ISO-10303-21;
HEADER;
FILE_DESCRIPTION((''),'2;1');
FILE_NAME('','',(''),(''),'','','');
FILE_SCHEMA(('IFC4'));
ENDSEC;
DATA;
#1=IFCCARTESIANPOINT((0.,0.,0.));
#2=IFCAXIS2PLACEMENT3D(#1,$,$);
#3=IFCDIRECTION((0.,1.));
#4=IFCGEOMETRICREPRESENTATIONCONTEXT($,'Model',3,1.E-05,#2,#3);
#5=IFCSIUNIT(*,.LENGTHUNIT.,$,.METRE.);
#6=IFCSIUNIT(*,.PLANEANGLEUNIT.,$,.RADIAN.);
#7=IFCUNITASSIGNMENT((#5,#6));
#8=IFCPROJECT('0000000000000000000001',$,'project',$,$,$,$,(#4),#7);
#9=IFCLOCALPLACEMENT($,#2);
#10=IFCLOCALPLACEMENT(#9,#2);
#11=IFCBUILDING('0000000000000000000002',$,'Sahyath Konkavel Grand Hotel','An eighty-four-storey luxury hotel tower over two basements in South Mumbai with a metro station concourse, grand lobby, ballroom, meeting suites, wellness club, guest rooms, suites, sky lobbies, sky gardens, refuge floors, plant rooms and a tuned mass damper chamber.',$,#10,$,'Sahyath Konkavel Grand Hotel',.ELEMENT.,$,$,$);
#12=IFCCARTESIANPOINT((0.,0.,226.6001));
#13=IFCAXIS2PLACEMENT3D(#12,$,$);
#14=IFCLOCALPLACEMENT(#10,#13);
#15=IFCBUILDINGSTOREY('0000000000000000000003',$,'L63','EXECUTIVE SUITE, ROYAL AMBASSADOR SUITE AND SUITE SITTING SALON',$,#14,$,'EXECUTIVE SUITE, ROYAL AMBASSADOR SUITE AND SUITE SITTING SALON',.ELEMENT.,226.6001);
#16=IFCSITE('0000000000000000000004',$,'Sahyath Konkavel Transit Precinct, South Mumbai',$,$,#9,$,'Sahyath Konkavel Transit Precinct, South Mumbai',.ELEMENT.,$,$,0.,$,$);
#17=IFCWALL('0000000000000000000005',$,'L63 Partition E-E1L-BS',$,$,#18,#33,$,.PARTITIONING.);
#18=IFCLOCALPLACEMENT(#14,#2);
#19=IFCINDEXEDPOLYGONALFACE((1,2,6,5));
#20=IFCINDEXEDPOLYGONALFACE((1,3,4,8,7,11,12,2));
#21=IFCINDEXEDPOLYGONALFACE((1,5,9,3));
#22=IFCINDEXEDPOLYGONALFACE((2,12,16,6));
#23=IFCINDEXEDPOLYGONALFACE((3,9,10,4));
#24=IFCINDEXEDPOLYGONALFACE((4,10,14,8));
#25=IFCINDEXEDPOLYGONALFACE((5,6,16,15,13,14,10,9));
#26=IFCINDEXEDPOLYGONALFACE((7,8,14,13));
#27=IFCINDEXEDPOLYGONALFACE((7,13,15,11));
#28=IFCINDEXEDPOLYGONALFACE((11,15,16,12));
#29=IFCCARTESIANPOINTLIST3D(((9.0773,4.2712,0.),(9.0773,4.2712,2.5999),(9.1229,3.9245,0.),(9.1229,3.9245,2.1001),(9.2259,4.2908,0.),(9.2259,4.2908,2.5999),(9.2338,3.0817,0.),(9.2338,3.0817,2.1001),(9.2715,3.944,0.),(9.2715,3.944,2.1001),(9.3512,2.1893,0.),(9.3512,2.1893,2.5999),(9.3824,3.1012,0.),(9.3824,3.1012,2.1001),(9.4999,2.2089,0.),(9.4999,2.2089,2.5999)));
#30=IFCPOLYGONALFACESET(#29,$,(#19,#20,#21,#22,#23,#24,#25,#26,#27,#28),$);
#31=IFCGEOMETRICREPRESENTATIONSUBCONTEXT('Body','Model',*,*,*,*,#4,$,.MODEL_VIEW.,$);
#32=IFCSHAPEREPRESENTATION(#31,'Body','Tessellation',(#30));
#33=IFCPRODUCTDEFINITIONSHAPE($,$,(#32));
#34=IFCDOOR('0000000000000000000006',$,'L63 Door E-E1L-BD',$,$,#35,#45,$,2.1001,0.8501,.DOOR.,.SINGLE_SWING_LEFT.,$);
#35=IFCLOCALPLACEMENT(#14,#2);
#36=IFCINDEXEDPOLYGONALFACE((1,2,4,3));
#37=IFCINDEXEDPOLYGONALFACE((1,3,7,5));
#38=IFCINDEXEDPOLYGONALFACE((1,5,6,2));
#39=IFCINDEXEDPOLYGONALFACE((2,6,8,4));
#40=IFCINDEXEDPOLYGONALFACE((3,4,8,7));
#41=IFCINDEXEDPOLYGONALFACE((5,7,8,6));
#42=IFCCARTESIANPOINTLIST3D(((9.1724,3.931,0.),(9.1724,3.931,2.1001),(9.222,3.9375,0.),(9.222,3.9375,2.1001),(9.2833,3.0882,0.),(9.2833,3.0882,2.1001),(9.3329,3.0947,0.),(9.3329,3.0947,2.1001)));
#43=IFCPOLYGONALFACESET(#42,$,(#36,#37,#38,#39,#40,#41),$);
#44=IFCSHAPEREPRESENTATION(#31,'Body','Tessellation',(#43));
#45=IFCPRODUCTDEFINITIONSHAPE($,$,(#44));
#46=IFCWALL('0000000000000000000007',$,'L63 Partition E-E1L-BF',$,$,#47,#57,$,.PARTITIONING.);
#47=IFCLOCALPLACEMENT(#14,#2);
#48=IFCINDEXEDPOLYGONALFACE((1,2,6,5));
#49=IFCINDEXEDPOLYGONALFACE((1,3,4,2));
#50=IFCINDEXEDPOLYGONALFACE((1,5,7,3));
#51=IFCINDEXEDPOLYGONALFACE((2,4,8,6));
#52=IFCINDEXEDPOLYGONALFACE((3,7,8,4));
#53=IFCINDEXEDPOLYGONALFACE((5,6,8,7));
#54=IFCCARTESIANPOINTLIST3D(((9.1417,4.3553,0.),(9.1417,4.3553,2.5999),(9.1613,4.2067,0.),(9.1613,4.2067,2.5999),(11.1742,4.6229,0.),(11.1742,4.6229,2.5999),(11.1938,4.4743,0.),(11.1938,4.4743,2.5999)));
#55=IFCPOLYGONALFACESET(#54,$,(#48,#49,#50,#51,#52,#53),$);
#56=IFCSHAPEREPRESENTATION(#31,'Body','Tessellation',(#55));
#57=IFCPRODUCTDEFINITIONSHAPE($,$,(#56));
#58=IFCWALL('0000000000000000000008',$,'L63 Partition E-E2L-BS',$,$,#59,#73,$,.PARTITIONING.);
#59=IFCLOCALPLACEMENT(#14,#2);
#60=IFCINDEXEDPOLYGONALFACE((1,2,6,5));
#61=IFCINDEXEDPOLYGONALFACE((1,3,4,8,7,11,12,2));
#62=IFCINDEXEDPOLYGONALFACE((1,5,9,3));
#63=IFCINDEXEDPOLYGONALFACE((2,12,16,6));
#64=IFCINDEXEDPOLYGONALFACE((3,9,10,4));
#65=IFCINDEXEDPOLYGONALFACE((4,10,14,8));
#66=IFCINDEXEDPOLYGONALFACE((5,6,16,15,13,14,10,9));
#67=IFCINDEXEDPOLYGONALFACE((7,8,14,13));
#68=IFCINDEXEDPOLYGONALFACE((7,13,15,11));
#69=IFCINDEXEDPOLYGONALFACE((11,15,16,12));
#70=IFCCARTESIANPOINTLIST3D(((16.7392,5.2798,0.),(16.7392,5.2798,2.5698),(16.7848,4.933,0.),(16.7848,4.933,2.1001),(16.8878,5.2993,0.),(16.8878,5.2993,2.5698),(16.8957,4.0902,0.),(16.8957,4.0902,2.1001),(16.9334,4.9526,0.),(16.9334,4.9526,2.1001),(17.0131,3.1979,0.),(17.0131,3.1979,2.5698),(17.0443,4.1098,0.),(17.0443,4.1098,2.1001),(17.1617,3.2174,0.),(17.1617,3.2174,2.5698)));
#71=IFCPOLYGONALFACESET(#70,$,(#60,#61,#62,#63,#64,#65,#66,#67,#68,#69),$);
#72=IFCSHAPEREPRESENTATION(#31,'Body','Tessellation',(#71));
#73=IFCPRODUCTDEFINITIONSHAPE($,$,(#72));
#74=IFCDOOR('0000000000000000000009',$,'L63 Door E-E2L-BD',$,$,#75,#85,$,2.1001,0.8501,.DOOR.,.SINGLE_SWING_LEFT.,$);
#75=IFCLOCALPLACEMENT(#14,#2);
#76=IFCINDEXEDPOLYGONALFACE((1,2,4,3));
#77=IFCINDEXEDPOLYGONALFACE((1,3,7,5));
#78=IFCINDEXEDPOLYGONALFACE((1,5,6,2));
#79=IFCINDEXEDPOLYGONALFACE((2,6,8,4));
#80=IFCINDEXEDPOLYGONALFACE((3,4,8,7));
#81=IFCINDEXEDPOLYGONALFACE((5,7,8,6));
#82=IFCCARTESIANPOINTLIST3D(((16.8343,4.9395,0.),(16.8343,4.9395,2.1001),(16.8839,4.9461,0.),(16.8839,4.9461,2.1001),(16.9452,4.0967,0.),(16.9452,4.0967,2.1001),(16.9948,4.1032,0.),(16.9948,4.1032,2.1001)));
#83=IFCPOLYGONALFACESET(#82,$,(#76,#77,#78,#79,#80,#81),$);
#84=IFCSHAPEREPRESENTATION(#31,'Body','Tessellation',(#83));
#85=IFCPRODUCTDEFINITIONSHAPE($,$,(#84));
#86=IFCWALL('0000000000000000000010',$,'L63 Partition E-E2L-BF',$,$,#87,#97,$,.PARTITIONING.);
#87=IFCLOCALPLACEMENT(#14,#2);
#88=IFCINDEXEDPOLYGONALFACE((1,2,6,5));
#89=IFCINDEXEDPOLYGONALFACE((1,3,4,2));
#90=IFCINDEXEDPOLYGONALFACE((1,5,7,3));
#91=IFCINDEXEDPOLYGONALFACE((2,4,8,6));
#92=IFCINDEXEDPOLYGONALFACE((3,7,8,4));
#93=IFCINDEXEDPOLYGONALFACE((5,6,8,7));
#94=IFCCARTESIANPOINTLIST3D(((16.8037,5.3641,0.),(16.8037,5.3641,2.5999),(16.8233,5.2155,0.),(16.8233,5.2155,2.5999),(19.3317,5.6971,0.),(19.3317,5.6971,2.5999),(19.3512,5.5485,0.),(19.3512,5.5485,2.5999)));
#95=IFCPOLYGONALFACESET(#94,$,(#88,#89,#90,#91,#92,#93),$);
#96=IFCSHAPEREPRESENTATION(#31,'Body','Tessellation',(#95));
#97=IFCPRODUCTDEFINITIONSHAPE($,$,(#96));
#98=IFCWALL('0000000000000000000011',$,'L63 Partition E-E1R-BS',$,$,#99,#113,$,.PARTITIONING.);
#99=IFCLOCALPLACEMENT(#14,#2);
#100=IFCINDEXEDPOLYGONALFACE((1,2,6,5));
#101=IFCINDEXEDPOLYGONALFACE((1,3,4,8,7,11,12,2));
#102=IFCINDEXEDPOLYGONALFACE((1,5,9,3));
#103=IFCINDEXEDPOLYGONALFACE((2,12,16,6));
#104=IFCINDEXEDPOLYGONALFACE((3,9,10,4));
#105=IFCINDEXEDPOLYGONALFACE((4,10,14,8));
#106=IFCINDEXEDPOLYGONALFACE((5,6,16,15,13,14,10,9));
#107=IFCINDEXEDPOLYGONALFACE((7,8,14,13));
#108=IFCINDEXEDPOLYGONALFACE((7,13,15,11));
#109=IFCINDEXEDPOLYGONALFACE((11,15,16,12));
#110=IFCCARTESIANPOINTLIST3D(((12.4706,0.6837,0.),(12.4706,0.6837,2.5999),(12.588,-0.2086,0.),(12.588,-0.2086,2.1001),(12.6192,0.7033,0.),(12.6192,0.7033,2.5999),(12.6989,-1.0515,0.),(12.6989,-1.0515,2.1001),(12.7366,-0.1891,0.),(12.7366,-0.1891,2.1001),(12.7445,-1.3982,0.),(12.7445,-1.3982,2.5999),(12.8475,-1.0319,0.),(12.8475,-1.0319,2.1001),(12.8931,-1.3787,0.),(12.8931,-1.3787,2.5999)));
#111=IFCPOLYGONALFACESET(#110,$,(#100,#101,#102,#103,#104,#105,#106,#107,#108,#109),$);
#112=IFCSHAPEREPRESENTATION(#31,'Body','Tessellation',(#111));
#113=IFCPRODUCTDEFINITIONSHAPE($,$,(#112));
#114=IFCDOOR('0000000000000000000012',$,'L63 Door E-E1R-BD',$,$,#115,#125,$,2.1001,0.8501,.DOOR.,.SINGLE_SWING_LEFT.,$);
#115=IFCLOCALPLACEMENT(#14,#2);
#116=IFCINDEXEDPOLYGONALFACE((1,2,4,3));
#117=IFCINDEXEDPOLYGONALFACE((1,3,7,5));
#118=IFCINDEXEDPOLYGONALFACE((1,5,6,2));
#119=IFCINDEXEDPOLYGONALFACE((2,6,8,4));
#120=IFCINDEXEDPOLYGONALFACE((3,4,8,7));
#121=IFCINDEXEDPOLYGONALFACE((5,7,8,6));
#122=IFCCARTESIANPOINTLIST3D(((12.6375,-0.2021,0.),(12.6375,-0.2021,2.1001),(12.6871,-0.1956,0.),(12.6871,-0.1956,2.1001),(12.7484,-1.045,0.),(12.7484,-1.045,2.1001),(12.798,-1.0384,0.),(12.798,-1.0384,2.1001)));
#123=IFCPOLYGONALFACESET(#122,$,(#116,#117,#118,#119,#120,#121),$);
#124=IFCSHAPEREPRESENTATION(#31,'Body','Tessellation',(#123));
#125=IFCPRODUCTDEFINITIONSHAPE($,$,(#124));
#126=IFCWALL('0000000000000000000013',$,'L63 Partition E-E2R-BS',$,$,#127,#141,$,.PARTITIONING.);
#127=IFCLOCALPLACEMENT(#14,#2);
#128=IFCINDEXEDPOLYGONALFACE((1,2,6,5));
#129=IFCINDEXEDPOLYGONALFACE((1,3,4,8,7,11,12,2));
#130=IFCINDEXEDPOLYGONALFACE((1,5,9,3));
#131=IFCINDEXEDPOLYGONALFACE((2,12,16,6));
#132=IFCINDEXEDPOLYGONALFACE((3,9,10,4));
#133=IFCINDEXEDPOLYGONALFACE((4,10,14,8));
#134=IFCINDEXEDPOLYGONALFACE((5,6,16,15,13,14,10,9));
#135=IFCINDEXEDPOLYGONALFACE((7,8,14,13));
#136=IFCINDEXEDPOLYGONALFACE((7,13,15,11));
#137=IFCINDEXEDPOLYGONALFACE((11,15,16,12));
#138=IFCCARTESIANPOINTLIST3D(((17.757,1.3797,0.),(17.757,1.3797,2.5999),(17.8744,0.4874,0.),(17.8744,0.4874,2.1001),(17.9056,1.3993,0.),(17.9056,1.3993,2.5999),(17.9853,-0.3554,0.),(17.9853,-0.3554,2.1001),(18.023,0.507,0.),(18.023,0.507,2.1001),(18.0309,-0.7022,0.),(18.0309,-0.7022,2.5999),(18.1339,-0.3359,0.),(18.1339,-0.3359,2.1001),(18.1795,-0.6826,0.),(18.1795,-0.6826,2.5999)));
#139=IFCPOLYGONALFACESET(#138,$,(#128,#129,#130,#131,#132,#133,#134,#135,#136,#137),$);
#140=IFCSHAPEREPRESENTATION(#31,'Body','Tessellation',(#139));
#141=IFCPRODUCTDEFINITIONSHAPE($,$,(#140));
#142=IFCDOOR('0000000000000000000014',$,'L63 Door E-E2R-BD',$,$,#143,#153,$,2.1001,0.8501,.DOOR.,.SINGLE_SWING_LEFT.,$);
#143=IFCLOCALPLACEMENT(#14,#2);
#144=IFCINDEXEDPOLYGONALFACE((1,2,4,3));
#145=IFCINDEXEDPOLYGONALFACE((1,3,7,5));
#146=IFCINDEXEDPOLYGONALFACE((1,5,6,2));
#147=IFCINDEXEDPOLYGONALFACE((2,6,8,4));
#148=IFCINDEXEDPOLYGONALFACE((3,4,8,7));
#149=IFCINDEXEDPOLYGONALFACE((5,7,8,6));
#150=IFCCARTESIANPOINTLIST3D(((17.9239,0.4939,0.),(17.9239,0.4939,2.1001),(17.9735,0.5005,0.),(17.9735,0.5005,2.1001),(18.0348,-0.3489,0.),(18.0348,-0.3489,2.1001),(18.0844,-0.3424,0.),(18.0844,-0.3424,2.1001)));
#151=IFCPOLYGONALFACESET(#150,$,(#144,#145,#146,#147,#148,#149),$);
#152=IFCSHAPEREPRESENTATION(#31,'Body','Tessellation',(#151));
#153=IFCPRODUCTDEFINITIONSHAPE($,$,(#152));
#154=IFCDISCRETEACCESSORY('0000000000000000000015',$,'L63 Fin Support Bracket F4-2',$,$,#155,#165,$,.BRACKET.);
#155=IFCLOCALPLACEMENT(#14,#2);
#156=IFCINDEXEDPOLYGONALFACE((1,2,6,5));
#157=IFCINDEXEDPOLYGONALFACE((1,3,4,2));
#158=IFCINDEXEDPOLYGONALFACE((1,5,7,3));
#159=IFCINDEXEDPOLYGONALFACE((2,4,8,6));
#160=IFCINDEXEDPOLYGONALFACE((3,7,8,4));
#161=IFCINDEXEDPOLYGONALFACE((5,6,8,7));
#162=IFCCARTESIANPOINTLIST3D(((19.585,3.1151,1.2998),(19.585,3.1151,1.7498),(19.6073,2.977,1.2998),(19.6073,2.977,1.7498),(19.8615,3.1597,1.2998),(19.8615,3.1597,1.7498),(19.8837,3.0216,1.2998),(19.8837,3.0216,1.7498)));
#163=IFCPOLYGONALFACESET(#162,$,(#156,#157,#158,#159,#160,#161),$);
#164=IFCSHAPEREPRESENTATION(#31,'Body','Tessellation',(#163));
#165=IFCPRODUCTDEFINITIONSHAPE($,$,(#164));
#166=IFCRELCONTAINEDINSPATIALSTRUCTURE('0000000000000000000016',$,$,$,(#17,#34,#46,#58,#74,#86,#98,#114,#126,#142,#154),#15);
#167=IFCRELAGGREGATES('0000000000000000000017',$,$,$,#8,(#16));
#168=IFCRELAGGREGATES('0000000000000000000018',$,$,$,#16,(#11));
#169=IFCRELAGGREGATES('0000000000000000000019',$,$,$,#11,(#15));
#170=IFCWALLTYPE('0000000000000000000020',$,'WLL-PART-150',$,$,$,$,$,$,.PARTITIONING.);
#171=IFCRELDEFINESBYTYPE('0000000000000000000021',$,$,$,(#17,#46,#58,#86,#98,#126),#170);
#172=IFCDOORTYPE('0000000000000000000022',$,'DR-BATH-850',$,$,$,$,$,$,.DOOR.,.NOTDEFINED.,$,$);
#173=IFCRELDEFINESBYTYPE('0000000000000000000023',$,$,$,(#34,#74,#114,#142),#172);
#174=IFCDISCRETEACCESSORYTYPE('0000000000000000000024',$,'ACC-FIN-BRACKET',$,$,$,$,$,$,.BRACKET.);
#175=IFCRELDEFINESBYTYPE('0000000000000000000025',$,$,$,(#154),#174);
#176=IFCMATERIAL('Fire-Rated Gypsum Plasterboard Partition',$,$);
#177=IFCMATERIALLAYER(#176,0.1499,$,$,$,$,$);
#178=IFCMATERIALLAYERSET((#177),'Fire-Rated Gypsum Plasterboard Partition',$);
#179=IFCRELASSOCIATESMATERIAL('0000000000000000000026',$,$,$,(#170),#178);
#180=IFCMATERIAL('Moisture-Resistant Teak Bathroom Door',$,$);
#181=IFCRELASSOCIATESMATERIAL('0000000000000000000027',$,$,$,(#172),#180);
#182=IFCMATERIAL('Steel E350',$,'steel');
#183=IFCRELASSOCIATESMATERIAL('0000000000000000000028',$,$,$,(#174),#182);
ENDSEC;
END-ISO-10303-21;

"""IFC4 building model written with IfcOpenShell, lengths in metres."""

from ifc_helpers import new_model, si_unit, direction, frame, frame_2d, origin, origin_2d, place, context, subcontext, project, spatial, rectangle, extrude, source, transform, mapped, material, layer, layer_set, type_object, element, fill, save


model = new_model("IFC4")

# Units and contexts
model_context = context("Model", 3, precision=1e-05, world=origin(), true_north=direction((0.0, 1.0)))
body_context = subcontext(model_context, "Body", "Model", "MODEL_VIEW")
ifc_project = project(units=[si_unit("LENGTHUNIT", "METRE"), si_unit("PLANEANGLEUNIT", "RADIAN")], contexts=[model_context])

# Site, building, storey
site_placement = place(None, origin())
site = spatial("IfcSite", under=ifc_project, at=site_placement, Name="Sahyath Konkavel Transit Precinct, South Mumbai", LongName="Sahyath Konkavel Transit Precinct, South Mumbai", CompositionType="ELEMENT", RefElevation=0.0)
building_placement = place(site_placement, origin())
building = spatial("IfcBuilding", under=site, at=building_placement, Name="Sahyath Konkavel Grand Hotel", Description="An eighty-four-storey luxury hotel tower over two basements in South Mumbai with a metro station concourse, grand lobby, ballroom, meeting suites, wellness club, guest rooms, suites, sky lobbies, sky gardens, refuge floors, plant rooms and a tuned mass damper chamber.", LongName="Sahyath Konkavel Grand Hotel", CompositionType="ELEMENT")
storey_placement = place(building_placement, frame((0.0, 0.0, 226.6001)))
storey = spatial("IfcBuildingStorey", under=building, at=storey_placement, Name="L63", Description="EXECUTIVE SUITE, ROYAL AMBASSADOR SUITE AND SUITE SITTING SALON", LongName="EXECUTIVE SUITE, ROYAL AMBASSADOR SUITE AND SUITE SITTING SALON", CompositionType="ELEMENT", Elevation=226.6001)

# Shared definitions
ifc_material_1 = material(Name="Steel E350", Category="steel")

# Wall, opening, door
ifc_material_2 = material(Name="Fire-Rated Gypsum Plasterboard Partition")
ifc_layer_1 = layer(ifc_material_2, 0.1499)
ifc_layer_set_1 = layer_set([ifc_layer_1], Name="Fire-Rated Gypsum Plasterboard Partition")
wall_type_1 = type_object("IfcWallType", Name="WLL-PART-150", PredefinedType="PARTITIONING", material=ifc_layer_set_1)
wall_1_placement = place(storey_placement, frame((9.4255, 2.1992, 0.0), z_axis=(0.0, 0.0, 1.0), x_axis=(-0.130458, 0.991454, 0.0)))
wall_1 = element("IfcWall", 1, at=wall_1_placement, inside=storey, type_object=wall_type_1, Name="L63 Partition E-E1L-BS", PredefinedType="PARTITIONING", context=body_context, shape_type="SweptSolid", body=[
    extrude(rectangle(XDim=2.0999, YDim=0.1499, at=frame_2d((1.0498, 0.0))), origin(), (0.0, 0.0, 1.0), 2.5999),
])
opening_1_placement = place(wall_1_placement, frame((0.8999, 0.0, 0.0)))
opening_1 = element("IfcOpeningElement", 2, at=opening_1_placement, cuts=wall_1, PredefinedType="OPENING", context=body_context, shape_type="SweptSolid", body=[
    extrude(rectangle(XDim=0.8501, YDim=2.1001, at=frame_2d((0.425, 1.05))), frame((0.0, 0.085, 0.0), z_axis=(0.0, -1.0, 0.0), x_axis=(1.0, 0.0, 0.0)), (0.0, 0.0, 1.0), 0.1699),
])
ifc_material_3 = material(Name="Moisture-Resistant Teak Bathroom Door")
door_type = type_object("IfcDoorType", Name="DR-BATH-850", OperationType="NOTDEFINED", PredefinedType="DOOR", material=ifc_material_3)
shared_shape_1 = source(origin(), body_context, "Body", "SweptSolid", [
    extrude(rectangle(XDim=0.8501, YDim=0.05, at=origin_2d()), origin(), (0.0, 0.0, 1.0), 2.1001),
])
door_1_placement = place(opening_1_placement, frame((0.425, 0.0, 0.0)))
door_1 = element("IfcDoor", 3, at=door_1_placement, inside=storey, type_object=door_type, Name="L63 Door E-E1L-BD", OperationType="SINGLE_SWING_LEFT", OverallHeight=2.1001, OverallWidth=0.8501, PredefinedType="DOOR", context=body_context, shape_type="MappedRepresentation", body=[
    mapped(shared_shape_1, transform((0.0, 0.0, 0.0), scale=1.0)),
])
fill(opening_1, door_1)

# Wall
wall_2_placement = place(storey_placement, frame((9.1516, 4.281, 0.0), z_axis=(0.0, 0.0, 1.0), x_axis=(0.991445, 0.130525, 0.0)))
element("IfcWall", 4, at=wall_2_placement, inside=storey, type_object=wall_type_1, Name="L63 Partition E-E1L-BF", PredefinedType="PARTITIONING", context=body_context, shape_type="SweptSolid", body=[
    extrude(rectangle(XDim=2.05, YDim=0.1499, at=frame_2d((1.0249, 0.0))), origin(), (0.0, 0.0, 1.0), 2.5999),
])

# Wall, opening, door
wall_3_placement = place(storey_placement, frame((17.0874, 3.2078, 0.0), z_axis=(0.0, 0.0, 1.0), x_axis=(-0.130442, 0.991456, 0.0)))
wall_3 = element("IfcWall", 5, at=wall_3_placement, inside=storey, type_object=wall_type_1, Name="L63 Partition E-E2L-BS", PredefinedType="PARTITIONING", context=body_context, shape_type="SweptSolid", body=[
    extrude(rectangle(XDim=2.0999, YDim=0.1499, at=frame_2d((1.0498, 0.0))), origin(), (0.0, 0.0, 1.0), 2.5698),
])
opening_2_placement = place(wall_3_placement, frame((0.8999, 0.0, 0.0)))
opening_2 = element("IfcOpeningElement", 6, at=opening_2_placement, cuts=wall_3, PredefinedType="OPENING", context=body_context, shape_type="SweptSolid", body=[
    extrude(rectangle(XDim=0.8501, YDim=2.1001, at=frame_2d((0.425, 1.05))), frame((0.0, 0.085, 0.0), z_axis=(0.0, -1.0, 0.0), x_axis=(1.0, 0.0, 0.0)), (0.0, 0.0, 1.0), 0.1699),
])
door_2_placement = place(opening_2_placement, frame((0.425, 0.0, 0.0)))
door_2 = element("IfcDoor", 7, at=door_2_placement, inside=storey, type_object=door_type, Name="L63 Door E-E2L-BD", OperationType="SINGLE_SWING_LEFT", OverallHeight=2.1001, OverallWidth=0.8501, PredefinedType="DOOR", context=body_context, shape_type="MappedRepresentation", body=[
    mapped(shared_shape_1, transform((0.0, 0.0, 0.0), scale=1.0)),
])
fill(opening_2, door_2)

# Wall
wall_4_placement = place(storey_placement, frame((16.8135, 5.2898, 0.0), z_axis=(0.0, 0.0, 1.0), x_axis=(0.991436, 0.130596, 0.0)))
element("IfcWall", 8, at=wall_4_placement, inside=storey, type_object=wall_type_1, Name="L63 Partition E-E2L-BF", PredefinedType="PARTITIONING", context=body_context, shape_type="SweptSolid", body=[
    extrude(rectangle(XDim=2.5498, YDim=0.1499, at=frame_2d((1.2749, 0.0))), origin(), (0.0, 0.0, 1.0), 2.5999),
])

# Walls, openings, doors
wall_5_placement = place(storey_placement, frame((12.5449, 0.6934, 0.0), z_axis=(0.0, 0.0, 1.0), x_axis=(0.130442, -0.991456, 0.0)))
wall_5 = element("IfcWall", 9, at=wall_5_placement, inside=storey, type_object=wall_type_1, Name="L63 Partition E-E1R-BS", PredefinedType="PARTITIONING", context=body_context, shape_type="SweptSolid", body=[
    extrude(rectangle(XDim=2.0999, YDim=0.1499, at=frame_2d((1.0498, 0.0))), origin(), (0.0, 0.0, 1.0), 2.5999),
])
opening_3_placement = place(wall_5_placement, frame((0.8999, 0.0, 0.0)))
opening_3 = element("IfcOpeningElement", 10, at=opening_3_placement, cuts=wall_5, PredefinedType="OPENING", context=body_context, shape_type="SweptSolid", body=[
    extrude(rectangle(XDim=0.8501, YDim=2.1001, at=frame_2d((0.425, 1.05))), frame((0.0, 0.085, 0.0), z_axis=(0.0, -1.0, 0.0), x_axis=(1.0, 0.0, 0.0)), (0.0, 0.0, 1.0), 0.1699),
])
door_3_placement = place(opening_3_placement, frame((0.425, 0.0, 0.0)))
door_3 = element("IfcDoor", 11, at=door_3_placement, inside=storey, type_object=door_type, Name="L63 Door E-E1R-BD", OperationType="SINGLE_SWING_LEFT", OverallHeight=2.1001, OverallWidth=0.8501, PredefinedType="DOOR", context=body_context, shape_type="MappedRepresentation", body=[
    mapped(shared_shape_1, transform((0.0, 0.0, 0.0), scale=1.0)),
])
fill(opening_3, door_3)
wall_6_placement = place(storey_placement, frame((17.8313, 1.3894, 0.0), z_axis=(0.0, 0.0, 1.0), x_axis=(0.130442, -0.991456, 0.0)))
wall_6 = element("IfcWall", 12, at=wall_6_placement, inside=storey, type_object=wall_type_1, Name="L63 Partition E-E2R-BS", PredefinedType="PARTITIONING", context=body_context, shape_type="SweptSolid", body=[
    extrude(rectangle(XDim=2.0999, YDim=0.1499, at=frame_2d((1.0498, 0.0))), origin(), (0.0, 0.0, 1.0), 2.5999),
])
opening_4_placement = place(wall_6_placement, frame((0.8999, 0.0, 0.0)))
opening_4 = element("IfcOpeningElement", 13, at=opening_4_placement, cuts=wall_6, PredefinedType="OPENING", context=body_context, shape_type="SweptSolid", body=[
    extrude(rectangle(XDim=0.8501, YDim=2.1001, at=frame_2d((0.425, 1.05))), frame((0.0, 0.085, 0.0), z_axis=(0.0, -1.0, 0.0), x_axis=(1.0, 0.0, 0.0)), (0.0, 0.0, 1.0), 0.1699),
])
door_4_placement = place(opening_4_placement, frame((0.425, 0.0, 0.0)))
door_4 = element("IfcDoor", 14, at=door_4_placement, inside=storey, type_object=door_type, Name="L63 Door E-E2R-BD", OperationType="SINGLE_SWING_LEFT", OverallHeight=2.1001, OverallWidth=0.8501, PredefinedType="DOOR", context=body_context, shape_type="MappedRepresentation", body=[
    mapped(shared_shape_1, transform((0.0, 0.0, 0.0), scale=1.0)),
])
fill(opening_4, door_4)

# Discrete accessory
discrete_accessory_type = type_object("IfcDiscreteAccessoryType", Name="ACC-FIN-BRACKET", PredefinedType="BRACKET", material=ifc_material_1)
shared_shape_2 = source(origin(), body_context, "Body", "SweptSolid", [
    extrude(rectangle(XDim=0.28, YDim=0.1399, at=origin_2d()), origin(), (0.0, 0.0, 1.0), 0.45),
])
discrete_accessory_placement = place(storey_placement, frame((19.7344, 3.0684, 1.2998), z_axis=(0.0, 0.0, 1.0), x_axis=(0.98722, 0.159364, 0.0)))
element("IfcDiscreteAccessory", 15, at=discrete_accessory_placement, inside=storey, type_object=discrete_accessory_type, Name="L63 Fin Support Bracket F4-2", PredefinedType="BRACKET", context=body_context, shape_type="MappedRepresentation", body=[
    mapped(shared_shape_2, transform((0.0, 0.0, 0.0), scale=1.0)),
])

save(model, "model.ifc")
